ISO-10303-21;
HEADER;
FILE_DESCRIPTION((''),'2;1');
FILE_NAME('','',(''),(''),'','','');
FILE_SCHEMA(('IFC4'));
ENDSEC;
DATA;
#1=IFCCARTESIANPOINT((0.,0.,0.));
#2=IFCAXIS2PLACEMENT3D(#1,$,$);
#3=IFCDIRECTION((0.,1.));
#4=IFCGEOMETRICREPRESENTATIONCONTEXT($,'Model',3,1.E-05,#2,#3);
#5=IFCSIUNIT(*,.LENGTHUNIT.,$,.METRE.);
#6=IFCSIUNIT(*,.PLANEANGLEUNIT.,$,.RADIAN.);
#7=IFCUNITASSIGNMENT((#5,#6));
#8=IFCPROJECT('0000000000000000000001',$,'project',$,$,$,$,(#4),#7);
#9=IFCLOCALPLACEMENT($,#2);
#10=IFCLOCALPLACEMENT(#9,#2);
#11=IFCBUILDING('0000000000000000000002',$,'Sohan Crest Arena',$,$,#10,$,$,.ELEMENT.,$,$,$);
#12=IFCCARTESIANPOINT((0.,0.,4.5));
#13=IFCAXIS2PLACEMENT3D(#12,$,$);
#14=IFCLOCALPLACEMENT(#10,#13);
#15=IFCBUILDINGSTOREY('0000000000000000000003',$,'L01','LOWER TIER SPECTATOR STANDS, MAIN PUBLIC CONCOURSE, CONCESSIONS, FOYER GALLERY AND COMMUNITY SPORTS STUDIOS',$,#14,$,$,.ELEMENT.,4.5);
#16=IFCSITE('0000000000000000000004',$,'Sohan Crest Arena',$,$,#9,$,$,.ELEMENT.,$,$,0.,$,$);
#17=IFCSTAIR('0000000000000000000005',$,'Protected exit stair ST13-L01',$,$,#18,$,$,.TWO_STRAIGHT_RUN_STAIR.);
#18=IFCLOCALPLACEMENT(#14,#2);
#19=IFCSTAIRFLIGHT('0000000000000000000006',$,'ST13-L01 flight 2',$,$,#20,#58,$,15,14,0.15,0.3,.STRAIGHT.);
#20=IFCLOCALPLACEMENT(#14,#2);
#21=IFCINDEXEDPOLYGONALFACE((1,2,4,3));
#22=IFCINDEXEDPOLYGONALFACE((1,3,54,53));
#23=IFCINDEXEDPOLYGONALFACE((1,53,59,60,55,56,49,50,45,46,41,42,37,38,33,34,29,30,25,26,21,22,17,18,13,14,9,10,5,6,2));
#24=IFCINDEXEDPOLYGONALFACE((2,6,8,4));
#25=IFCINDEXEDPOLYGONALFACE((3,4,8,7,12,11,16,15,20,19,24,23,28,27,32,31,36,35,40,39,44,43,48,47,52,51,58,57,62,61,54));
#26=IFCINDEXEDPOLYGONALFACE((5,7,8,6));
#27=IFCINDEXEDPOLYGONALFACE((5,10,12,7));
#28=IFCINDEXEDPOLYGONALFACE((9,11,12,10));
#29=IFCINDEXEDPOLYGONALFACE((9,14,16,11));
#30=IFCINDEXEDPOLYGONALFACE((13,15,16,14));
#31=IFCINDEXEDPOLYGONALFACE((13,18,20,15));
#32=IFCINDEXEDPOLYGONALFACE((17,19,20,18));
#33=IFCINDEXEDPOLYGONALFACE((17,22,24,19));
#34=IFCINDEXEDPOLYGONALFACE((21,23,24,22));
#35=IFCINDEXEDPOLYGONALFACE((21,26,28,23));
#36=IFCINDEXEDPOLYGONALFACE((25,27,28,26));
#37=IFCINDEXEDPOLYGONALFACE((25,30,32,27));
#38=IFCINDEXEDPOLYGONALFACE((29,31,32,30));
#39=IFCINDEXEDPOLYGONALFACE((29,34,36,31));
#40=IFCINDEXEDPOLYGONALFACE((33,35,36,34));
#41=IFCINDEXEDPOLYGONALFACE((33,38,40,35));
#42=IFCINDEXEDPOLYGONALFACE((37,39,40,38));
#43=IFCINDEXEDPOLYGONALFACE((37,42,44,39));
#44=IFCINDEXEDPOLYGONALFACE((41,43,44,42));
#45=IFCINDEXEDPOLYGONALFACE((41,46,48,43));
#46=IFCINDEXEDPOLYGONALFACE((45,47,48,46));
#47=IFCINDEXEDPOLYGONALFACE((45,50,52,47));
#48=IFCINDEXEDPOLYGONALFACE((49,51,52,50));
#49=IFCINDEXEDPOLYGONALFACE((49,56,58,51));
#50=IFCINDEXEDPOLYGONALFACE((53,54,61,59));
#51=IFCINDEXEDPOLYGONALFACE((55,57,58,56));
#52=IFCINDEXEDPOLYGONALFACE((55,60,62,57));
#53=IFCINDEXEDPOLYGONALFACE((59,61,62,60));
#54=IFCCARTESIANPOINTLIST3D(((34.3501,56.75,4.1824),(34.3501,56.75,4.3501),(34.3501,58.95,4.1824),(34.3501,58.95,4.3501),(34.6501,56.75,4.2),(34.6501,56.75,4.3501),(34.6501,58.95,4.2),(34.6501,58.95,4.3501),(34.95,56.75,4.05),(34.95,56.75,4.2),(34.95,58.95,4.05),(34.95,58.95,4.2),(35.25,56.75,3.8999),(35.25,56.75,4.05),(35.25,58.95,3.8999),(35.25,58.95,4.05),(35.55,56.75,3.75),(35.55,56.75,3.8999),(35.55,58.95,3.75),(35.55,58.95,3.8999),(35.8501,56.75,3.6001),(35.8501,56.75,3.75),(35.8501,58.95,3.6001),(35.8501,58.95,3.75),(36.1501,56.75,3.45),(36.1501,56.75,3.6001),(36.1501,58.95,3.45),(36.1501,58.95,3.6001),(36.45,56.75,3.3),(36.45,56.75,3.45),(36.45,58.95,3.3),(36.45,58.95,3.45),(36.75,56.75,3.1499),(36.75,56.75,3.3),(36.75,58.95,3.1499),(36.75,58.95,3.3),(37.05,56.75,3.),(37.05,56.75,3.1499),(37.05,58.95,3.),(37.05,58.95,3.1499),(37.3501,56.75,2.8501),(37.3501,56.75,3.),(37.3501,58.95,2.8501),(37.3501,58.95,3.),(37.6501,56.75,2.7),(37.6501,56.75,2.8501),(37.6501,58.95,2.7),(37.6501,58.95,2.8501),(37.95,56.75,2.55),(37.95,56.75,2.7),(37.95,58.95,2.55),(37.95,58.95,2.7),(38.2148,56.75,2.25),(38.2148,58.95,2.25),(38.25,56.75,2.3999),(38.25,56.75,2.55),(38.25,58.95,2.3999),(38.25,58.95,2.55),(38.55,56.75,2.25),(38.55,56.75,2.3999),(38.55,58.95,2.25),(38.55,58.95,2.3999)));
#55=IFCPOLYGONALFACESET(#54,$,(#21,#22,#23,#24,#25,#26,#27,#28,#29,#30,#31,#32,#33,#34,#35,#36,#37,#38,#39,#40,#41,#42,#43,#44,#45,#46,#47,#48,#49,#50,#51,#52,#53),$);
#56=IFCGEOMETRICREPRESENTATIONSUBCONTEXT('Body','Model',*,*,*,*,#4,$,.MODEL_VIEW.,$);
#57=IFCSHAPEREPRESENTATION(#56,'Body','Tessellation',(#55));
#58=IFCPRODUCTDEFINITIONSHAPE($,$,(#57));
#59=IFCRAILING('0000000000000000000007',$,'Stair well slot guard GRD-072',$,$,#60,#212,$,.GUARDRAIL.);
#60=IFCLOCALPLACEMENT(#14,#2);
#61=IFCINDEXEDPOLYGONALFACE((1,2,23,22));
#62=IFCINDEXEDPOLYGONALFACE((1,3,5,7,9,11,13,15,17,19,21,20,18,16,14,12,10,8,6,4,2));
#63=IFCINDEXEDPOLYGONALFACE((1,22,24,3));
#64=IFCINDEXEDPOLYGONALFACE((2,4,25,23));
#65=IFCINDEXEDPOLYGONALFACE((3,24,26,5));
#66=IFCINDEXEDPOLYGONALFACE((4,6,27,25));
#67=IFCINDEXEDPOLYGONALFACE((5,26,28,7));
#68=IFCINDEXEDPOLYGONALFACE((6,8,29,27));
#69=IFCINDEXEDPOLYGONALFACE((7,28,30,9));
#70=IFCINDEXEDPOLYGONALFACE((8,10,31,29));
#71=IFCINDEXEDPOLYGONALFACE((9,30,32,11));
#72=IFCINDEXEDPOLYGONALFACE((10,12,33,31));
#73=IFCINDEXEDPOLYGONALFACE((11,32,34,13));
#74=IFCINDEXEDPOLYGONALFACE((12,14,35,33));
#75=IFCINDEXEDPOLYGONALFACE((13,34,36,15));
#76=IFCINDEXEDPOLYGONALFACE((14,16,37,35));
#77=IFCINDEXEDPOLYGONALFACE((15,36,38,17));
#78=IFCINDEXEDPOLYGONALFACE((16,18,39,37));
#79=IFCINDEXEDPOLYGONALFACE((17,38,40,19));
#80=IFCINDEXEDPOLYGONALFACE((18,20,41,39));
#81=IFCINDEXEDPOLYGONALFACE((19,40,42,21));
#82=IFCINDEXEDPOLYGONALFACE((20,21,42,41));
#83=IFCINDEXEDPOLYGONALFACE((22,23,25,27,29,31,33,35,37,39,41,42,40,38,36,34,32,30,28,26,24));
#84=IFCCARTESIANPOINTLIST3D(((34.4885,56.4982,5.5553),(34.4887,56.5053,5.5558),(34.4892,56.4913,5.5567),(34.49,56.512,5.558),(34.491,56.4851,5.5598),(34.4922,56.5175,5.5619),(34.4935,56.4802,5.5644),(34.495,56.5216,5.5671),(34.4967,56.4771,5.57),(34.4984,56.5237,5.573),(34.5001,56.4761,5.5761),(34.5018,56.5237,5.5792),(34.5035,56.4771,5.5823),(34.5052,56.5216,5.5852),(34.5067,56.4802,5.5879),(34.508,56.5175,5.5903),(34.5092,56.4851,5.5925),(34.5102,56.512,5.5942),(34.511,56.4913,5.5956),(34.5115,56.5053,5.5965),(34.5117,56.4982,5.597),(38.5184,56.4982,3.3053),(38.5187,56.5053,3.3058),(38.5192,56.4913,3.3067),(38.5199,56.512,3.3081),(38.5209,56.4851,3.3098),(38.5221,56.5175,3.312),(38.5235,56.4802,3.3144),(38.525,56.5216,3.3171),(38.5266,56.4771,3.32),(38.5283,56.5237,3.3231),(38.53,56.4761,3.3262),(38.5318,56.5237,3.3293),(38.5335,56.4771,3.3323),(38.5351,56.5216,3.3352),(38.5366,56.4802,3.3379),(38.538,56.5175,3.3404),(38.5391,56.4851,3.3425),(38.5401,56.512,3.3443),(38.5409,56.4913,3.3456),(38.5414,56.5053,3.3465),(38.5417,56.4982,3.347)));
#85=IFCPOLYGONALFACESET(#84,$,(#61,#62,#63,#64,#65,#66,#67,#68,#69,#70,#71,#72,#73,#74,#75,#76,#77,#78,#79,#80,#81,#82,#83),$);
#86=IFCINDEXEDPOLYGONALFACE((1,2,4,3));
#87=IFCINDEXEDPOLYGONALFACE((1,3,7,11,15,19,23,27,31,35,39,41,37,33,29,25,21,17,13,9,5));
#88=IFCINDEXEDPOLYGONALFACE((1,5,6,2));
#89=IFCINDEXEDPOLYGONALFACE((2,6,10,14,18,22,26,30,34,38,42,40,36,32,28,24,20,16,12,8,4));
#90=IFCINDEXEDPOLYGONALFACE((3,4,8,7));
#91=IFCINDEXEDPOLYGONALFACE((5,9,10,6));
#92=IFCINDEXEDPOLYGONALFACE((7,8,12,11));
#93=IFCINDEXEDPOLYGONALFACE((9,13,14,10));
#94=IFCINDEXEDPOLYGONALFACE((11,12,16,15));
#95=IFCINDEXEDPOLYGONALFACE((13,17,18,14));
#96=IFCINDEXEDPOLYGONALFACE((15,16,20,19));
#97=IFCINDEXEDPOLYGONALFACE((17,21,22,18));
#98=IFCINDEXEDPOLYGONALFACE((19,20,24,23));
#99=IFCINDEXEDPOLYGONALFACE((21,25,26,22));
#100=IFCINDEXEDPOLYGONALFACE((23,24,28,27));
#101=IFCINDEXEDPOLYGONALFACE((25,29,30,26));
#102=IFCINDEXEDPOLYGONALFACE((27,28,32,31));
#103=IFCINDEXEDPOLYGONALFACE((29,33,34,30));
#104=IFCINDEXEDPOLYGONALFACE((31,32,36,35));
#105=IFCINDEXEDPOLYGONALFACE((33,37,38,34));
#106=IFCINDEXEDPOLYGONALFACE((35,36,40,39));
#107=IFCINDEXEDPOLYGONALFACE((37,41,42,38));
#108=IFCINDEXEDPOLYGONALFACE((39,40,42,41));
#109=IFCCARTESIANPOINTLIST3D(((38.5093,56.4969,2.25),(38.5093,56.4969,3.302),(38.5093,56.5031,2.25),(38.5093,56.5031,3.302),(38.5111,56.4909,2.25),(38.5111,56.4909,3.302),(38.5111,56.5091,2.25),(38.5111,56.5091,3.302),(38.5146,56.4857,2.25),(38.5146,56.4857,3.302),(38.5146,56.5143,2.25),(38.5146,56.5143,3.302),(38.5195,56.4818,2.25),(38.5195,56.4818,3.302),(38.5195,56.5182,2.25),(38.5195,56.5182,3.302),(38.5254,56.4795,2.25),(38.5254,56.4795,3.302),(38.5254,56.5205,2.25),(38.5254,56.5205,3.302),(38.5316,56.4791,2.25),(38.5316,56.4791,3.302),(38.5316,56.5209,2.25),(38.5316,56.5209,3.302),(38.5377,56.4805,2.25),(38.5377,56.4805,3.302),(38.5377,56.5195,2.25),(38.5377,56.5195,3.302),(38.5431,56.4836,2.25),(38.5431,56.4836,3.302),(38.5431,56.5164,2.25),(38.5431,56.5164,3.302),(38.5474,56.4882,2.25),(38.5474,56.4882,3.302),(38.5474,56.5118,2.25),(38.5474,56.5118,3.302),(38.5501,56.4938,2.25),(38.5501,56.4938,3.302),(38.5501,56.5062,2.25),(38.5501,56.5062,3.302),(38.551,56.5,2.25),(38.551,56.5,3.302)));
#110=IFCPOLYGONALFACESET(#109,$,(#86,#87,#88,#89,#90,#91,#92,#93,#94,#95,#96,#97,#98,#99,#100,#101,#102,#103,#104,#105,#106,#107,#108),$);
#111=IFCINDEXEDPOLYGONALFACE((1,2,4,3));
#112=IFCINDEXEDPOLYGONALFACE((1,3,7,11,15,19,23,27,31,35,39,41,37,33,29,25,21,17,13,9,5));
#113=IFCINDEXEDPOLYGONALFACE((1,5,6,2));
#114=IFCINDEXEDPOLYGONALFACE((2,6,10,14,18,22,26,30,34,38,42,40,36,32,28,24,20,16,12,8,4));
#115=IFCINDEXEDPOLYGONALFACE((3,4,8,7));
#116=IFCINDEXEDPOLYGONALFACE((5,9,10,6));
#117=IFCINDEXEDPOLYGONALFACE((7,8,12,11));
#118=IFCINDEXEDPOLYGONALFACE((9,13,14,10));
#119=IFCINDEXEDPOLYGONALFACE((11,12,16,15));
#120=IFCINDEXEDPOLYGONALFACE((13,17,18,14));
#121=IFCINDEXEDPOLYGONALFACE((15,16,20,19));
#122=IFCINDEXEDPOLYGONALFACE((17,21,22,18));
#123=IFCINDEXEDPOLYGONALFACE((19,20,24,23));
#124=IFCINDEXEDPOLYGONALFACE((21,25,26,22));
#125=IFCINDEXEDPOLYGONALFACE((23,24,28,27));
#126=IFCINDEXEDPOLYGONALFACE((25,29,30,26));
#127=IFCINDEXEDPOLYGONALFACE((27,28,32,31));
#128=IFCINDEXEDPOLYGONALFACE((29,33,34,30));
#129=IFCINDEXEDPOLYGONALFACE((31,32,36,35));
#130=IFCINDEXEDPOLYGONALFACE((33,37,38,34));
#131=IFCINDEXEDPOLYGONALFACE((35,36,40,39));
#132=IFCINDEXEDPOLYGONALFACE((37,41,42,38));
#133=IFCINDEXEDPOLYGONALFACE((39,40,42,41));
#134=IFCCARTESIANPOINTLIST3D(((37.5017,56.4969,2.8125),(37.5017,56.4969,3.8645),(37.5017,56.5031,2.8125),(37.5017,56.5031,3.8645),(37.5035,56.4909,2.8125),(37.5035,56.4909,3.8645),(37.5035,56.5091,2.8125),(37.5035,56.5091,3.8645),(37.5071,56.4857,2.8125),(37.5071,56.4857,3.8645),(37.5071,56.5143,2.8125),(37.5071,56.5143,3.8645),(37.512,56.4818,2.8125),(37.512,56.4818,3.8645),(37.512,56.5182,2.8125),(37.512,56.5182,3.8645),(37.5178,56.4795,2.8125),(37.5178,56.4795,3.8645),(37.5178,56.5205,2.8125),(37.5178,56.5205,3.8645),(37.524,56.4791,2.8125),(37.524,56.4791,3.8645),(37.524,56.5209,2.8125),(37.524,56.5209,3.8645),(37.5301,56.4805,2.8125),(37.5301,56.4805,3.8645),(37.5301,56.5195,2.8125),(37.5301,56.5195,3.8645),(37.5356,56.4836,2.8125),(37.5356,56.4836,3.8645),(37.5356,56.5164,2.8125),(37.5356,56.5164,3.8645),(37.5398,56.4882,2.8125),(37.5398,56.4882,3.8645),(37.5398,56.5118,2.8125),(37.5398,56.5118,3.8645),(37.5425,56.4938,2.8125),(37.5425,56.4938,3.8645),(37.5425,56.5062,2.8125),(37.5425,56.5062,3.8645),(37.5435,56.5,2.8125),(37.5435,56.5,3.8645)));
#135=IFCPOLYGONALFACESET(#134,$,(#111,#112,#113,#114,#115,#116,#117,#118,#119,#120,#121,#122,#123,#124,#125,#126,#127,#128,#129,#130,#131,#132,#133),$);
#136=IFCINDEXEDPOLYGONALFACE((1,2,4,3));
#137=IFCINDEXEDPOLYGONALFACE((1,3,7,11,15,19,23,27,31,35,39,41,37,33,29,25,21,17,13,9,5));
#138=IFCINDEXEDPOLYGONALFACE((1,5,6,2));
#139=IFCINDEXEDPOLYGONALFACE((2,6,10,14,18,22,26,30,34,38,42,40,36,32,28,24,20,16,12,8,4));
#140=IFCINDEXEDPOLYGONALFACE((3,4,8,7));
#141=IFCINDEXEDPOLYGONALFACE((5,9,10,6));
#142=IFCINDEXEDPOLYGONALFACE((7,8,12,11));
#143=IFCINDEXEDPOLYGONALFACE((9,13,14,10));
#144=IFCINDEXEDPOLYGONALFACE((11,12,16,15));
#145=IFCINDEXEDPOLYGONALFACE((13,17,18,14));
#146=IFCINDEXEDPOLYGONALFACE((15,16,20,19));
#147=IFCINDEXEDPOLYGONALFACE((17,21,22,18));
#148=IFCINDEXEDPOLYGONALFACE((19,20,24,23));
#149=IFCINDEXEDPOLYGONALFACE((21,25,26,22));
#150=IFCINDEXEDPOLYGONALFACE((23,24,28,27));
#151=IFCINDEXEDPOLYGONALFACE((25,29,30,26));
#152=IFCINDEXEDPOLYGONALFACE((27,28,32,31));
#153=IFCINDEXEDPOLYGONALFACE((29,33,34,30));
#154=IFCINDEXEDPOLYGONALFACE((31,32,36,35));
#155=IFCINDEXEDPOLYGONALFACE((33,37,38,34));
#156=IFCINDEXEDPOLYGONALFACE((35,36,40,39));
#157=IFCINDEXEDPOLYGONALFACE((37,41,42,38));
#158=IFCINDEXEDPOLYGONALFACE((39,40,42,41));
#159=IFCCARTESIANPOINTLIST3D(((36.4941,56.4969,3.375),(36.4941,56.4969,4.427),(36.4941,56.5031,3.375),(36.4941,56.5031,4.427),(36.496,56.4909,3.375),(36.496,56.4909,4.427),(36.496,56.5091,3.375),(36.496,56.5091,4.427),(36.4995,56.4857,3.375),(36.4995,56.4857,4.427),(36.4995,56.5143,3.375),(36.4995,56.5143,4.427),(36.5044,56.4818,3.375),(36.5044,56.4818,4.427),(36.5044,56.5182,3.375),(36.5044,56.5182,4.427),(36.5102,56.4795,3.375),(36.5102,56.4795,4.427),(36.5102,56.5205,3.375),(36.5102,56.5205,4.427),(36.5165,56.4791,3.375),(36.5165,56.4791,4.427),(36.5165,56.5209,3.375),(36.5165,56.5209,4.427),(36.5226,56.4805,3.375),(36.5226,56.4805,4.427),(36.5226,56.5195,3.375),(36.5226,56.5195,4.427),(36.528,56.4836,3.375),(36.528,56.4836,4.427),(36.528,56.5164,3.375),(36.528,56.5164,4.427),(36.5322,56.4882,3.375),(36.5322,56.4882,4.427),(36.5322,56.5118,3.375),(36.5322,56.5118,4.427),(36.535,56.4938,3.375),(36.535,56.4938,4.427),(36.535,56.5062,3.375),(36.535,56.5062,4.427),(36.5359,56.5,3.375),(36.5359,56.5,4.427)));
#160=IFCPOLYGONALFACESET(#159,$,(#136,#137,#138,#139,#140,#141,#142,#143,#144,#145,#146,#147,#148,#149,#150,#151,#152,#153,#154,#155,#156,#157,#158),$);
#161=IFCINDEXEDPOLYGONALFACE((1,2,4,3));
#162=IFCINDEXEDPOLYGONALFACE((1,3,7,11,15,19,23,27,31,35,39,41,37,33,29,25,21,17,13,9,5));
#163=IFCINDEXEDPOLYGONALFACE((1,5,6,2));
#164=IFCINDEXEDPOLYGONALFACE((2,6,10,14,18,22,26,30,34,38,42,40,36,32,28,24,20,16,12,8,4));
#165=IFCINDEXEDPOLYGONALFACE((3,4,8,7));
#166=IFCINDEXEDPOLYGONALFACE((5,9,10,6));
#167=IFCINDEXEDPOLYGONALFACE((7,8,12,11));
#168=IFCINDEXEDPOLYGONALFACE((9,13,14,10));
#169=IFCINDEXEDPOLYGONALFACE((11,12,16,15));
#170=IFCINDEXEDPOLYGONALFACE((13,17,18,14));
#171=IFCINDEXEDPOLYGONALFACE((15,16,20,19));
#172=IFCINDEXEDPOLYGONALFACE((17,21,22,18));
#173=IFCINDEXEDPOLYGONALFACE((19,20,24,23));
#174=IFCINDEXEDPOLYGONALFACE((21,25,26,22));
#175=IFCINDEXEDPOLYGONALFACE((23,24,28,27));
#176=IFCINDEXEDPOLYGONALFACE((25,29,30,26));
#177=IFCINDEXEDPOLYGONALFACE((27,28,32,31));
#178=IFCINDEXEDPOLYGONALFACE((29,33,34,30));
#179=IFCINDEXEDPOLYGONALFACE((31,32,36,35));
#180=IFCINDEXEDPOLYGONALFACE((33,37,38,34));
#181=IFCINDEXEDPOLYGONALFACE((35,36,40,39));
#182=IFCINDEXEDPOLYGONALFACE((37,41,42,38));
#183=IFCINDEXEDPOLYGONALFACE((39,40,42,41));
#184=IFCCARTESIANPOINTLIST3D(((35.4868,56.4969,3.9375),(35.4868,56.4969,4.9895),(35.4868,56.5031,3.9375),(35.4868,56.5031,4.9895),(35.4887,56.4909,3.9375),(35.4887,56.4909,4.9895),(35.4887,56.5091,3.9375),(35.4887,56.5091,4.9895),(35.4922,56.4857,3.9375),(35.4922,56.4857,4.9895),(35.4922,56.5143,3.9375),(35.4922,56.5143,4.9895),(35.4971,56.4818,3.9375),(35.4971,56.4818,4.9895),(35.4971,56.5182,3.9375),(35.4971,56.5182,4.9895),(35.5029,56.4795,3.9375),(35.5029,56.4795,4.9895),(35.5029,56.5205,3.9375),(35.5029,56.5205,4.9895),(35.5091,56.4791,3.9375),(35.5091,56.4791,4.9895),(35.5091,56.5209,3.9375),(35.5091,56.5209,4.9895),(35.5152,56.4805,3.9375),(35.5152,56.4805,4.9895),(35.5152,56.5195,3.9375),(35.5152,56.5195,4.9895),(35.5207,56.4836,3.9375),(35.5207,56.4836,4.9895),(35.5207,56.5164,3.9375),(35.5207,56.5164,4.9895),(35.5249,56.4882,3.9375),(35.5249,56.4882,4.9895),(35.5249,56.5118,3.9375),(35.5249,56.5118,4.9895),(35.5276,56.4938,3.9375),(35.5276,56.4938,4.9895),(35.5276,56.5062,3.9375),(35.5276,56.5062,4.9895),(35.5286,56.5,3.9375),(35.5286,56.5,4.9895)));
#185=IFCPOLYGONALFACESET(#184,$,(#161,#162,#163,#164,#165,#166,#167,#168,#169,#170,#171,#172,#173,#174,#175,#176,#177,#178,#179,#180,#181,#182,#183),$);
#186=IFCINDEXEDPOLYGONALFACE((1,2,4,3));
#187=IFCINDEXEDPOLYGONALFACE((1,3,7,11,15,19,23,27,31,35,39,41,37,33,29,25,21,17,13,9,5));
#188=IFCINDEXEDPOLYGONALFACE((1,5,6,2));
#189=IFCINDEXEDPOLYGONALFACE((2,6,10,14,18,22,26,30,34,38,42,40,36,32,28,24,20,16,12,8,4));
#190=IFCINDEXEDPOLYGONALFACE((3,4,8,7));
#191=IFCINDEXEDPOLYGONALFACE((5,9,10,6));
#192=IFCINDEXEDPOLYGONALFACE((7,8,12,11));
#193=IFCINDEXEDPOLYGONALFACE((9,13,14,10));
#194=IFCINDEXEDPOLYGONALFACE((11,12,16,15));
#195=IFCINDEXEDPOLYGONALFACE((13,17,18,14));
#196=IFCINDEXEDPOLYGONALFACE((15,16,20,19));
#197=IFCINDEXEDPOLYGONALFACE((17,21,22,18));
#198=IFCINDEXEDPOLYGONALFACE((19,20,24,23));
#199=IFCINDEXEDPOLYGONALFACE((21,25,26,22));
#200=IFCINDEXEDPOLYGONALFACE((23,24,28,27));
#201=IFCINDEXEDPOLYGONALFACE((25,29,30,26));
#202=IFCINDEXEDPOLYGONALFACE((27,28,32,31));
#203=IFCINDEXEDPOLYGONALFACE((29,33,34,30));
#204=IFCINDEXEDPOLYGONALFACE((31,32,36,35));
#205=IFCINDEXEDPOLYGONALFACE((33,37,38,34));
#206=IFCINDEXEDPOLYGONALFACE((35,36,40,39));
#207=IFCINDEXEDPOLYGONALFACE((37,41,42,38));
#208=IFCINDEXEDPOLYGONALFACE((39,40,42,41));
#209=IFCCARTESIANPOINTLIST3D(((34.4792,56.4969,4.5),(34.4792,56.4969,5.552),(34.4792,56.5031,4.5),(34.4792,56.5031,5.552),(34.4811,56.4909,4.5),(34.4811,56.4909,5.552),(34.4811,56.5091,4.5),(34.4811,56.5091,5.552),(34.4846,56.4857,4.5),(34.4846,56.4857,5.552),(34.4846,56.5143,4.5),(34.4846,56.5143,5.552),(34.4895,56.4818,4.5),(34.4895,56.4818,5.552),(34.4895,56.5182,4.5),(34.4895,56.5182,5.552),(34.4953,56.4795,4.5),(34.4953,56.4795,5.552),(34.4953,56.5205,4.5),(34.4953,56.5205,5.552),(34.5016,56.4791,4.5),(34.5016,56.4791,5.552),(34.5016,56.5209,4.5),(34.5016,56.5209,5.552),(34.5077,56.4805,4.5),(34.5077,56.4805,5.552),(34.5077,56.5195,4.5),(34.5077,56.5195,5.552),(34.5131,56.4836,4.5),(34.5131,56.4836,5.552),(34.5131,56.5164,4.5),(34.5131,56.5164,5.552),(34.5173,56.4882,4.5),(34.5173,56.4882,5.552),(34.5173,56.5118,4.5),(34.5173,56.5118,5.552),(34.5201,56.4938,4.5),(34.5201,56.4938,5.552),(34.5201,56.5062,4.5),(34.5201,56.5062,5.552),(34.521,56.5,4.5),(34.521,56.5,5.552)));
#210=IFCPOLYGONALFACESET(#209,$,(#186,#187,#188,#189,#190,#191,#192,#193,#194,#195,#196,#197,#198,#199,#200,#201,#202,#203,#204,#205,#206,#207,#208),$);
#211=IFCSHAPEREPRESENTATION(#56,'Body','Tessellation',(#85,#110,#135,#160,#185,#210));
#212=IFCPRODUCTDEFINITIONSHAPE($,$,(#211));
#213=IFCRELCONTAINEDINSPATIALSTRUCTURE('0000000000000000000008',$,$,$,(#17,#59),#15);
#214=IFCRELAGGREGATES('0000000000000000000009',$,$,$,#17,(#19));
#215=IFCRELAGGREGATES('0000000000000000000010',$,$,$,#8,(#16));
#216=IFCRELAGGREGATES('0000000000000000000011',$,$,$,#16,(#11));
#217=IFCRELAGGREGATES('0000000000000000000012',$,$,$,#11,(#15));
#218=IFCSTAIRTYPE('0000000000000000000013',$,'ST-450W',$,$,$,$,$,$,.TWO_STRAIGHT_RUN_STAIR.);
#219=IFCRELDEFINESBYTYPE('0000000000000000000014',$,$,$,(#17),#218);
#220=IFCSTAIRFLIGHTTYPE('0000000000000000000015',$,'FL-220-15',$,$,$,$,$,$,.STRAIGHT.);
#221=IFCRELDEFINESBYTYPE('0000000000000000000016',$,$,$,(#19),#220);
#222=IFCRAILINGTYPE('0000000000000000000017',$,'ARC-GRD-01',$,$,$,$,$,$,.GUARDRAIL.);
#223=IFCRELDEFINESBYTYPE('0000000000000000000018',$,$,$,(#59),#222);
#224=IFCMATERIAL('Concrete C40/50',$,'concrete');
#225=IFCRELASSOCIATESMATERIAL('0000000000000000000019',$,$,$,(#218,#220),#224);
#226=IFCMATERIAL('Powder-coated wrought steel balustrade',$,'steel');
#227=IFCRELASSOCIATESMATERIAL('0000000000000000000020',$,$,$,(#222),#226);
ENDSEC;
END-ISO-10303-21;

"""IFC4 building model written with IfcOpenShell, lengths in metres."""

from ifc_helpers import new_model, si_unit, direction, frame, origin, origin_2d, place, context, subcontext, project, spatial, polyline, circle, outline, extrude, material, type_object, element, aggregate, save


model = new_model("IFC4")

# Units and contexts
model_context = context("Model", 3, precision=1e-05, world=origin(), true_north=direction((0.0, 1.0)))
body_context = subcontext(model_context, "Body", "Model", "MODEL_VIEW")
ifc_project = project(units=[si_unit("LENGTHUNIT", "METRE"), si_unit("PLANEANGLEUNIT", "RADIAN")], contexts=[model_context])

# Site, building, storey
site_placement = place(None, origin())
site = spatial("IfcSite", under=ifc_project, at=site_placement, Name="Sohan Crest Arena", CompositionType="ELEMENT", RefElevation=0.0)
building_placement = place(site_placement, origin())
building = spatial("IfcBuilding", under=site, at=building_placement, Name="Sohan Crest Arena", CompositionType="ELEMENT")
storey_placement = place(building_placement, frame((0.0, 0.0, 4.5)))
storey = spatial("IfcBuildingStorey", under=building, at=storey_placement, Name="L01", Description="LOWER TIER SPECTATOR STANDS, MAIN PUBLIC CONCOURSE, CONCESSIONS, FOYER GALLERY AND COMMUNITY SPORTS STUDIOS", CompositionType="ELEMENT", Elevation=4.5)

# Shared definitions
ifc_material_1 = material(Name="Concrete C40/50", Category="concrete")

# Stair, stair flight
stair_type = type_object("IfcStairType", Name="ST-450W", PredefinedType="TWO_STRAIGHT_RUN_STAIR", material=ifc_material_1)
stair_placement = place(storey_placement, origin())
stair = element("IfcStair", 1, at=stair_placement, inside=storey, type_object=stair_type, Name="Protected exit stair ST13-L01", PredefinedType="TWO_STRAIGHT_RUN_STAIR")
stair_flight_type = type_object("IfcStairFlightType", Name="FL-220-15", PredefinedType="STRAIGHT", material=ifc_material_1)
stair_flight_1_placement = place(storey_placement, frame((38.55, 57.8501, 2.25), z_axis=(0.0, 0.0, 1.0), x_axis=(-1.0, 0.0, 0.0)))
stair_flight_1 = element("IfcStairFlight", 2, at=stair_flight_1_placement, type_object=stair_flight_type, Name="ST13-L01 flight 2", NumberOfRisers=15, NumberOfTreads=14, PredefinedType="STRAIGHT", RiserHeight=0.15, TreadLength=0.3, context=body_context, shape_type="SweptSolid", body=[
    extrude(outline(polyline([(0.0, 0.0), (0.0, 0.1499), (0.3, 0.1499), (0.3, 0.3), (0.6001, 0.3), (0.6001, 0.45), (0.8999, 0.45), (0.8999, 0.6001), (1.2, 0.6001), (1.2, 0.75), (1.5, 0.75), (1.5, 0.8999), (1.8, 0.8999), (1.8, 1.05), (2.1001, 1.05), (2.1001, 1.2), (2.3999, 1.2), (2.3999, 1.3501), (2.7, 1.3501), (2.7, 1.5), (3.0, 1.5), (3.0, 1.6499), (3.3, 1.6499), (3.3, 1.8), (3.6001, 1.8), (3.6001, 1.95), (3.8999, 1.95), (3.8999, 2.1001), (4.2, 2.1001), (4.2, 2.25), (4.2, 1.9324), (0.3352, 0.0), (0.0, 0.0)])), frame((0.0, 1.1001, 0.0), z_axis=(0.0, -1.0, 0.0), x_axis=(1.0, 0.0, 0.0)), (0.0, 0.0, 1.0), 2.2),
])
aggregate(stair, [stair_flight_1])

# Railing
ifc_material_2 = material(Name="Powder-coated wrought steel balustrade", Category="steel")
railing_type_1 = type_object("IfcRailingType", Name="ARC-GRD-01", PredefinedType="GUARDRAIL", material=ifc_material_2)
railing_1_placement = place(storey_placement, frame((38.53, 56.5, 2.25)))
element("IfcRailing", 3, at=railing_1_placement, inside=storey, type_object=railing_type_1, Name="Stair well slot guard GRD-072", PredefinedType="GUARDRAIL", context=body_context, shape_type="SweptSolid", body=[
    extrude(circle(Radius=0.0239, at=origin_2d()), frame((0.0, 0.0, 1.0762), z_axis=(-0.873135, 0.0, 0.487479), x_axis=(0.0, -1.0, 0.0)), (0.0, 0.0, 1.0), 4.6155),
    extrude(circle(Radius=0.021, at=origin_2d()), origin(), (0.0, 0.0, 1.0), 1.052),
    extrude(circle(Radius=0.021, at=origin_2d()), frame((-1.0076, 0.0, 0.5625)), (0.0, 0.0, 1.0), 1.052),
    extrude(circle(Radius=0.021, at=origin_2d()), frame((-2.0151, 0.0, 1.125)), (0.0, 0.0, 1.0), 1.052),
    extrude(circle(Radius=0.021, at=origin_2d()), frame((-3.0225, 0.0, 1.6875)), (0.0, 0.0, 1.0), 1.052),
    extrude(circle(Radius=0.021, at=origin_2d()), frame((-4.03, 0.0, 2.25)), (0.0, 0.0, 1.0), 1.052),
])

save(model, "model.ifc")
